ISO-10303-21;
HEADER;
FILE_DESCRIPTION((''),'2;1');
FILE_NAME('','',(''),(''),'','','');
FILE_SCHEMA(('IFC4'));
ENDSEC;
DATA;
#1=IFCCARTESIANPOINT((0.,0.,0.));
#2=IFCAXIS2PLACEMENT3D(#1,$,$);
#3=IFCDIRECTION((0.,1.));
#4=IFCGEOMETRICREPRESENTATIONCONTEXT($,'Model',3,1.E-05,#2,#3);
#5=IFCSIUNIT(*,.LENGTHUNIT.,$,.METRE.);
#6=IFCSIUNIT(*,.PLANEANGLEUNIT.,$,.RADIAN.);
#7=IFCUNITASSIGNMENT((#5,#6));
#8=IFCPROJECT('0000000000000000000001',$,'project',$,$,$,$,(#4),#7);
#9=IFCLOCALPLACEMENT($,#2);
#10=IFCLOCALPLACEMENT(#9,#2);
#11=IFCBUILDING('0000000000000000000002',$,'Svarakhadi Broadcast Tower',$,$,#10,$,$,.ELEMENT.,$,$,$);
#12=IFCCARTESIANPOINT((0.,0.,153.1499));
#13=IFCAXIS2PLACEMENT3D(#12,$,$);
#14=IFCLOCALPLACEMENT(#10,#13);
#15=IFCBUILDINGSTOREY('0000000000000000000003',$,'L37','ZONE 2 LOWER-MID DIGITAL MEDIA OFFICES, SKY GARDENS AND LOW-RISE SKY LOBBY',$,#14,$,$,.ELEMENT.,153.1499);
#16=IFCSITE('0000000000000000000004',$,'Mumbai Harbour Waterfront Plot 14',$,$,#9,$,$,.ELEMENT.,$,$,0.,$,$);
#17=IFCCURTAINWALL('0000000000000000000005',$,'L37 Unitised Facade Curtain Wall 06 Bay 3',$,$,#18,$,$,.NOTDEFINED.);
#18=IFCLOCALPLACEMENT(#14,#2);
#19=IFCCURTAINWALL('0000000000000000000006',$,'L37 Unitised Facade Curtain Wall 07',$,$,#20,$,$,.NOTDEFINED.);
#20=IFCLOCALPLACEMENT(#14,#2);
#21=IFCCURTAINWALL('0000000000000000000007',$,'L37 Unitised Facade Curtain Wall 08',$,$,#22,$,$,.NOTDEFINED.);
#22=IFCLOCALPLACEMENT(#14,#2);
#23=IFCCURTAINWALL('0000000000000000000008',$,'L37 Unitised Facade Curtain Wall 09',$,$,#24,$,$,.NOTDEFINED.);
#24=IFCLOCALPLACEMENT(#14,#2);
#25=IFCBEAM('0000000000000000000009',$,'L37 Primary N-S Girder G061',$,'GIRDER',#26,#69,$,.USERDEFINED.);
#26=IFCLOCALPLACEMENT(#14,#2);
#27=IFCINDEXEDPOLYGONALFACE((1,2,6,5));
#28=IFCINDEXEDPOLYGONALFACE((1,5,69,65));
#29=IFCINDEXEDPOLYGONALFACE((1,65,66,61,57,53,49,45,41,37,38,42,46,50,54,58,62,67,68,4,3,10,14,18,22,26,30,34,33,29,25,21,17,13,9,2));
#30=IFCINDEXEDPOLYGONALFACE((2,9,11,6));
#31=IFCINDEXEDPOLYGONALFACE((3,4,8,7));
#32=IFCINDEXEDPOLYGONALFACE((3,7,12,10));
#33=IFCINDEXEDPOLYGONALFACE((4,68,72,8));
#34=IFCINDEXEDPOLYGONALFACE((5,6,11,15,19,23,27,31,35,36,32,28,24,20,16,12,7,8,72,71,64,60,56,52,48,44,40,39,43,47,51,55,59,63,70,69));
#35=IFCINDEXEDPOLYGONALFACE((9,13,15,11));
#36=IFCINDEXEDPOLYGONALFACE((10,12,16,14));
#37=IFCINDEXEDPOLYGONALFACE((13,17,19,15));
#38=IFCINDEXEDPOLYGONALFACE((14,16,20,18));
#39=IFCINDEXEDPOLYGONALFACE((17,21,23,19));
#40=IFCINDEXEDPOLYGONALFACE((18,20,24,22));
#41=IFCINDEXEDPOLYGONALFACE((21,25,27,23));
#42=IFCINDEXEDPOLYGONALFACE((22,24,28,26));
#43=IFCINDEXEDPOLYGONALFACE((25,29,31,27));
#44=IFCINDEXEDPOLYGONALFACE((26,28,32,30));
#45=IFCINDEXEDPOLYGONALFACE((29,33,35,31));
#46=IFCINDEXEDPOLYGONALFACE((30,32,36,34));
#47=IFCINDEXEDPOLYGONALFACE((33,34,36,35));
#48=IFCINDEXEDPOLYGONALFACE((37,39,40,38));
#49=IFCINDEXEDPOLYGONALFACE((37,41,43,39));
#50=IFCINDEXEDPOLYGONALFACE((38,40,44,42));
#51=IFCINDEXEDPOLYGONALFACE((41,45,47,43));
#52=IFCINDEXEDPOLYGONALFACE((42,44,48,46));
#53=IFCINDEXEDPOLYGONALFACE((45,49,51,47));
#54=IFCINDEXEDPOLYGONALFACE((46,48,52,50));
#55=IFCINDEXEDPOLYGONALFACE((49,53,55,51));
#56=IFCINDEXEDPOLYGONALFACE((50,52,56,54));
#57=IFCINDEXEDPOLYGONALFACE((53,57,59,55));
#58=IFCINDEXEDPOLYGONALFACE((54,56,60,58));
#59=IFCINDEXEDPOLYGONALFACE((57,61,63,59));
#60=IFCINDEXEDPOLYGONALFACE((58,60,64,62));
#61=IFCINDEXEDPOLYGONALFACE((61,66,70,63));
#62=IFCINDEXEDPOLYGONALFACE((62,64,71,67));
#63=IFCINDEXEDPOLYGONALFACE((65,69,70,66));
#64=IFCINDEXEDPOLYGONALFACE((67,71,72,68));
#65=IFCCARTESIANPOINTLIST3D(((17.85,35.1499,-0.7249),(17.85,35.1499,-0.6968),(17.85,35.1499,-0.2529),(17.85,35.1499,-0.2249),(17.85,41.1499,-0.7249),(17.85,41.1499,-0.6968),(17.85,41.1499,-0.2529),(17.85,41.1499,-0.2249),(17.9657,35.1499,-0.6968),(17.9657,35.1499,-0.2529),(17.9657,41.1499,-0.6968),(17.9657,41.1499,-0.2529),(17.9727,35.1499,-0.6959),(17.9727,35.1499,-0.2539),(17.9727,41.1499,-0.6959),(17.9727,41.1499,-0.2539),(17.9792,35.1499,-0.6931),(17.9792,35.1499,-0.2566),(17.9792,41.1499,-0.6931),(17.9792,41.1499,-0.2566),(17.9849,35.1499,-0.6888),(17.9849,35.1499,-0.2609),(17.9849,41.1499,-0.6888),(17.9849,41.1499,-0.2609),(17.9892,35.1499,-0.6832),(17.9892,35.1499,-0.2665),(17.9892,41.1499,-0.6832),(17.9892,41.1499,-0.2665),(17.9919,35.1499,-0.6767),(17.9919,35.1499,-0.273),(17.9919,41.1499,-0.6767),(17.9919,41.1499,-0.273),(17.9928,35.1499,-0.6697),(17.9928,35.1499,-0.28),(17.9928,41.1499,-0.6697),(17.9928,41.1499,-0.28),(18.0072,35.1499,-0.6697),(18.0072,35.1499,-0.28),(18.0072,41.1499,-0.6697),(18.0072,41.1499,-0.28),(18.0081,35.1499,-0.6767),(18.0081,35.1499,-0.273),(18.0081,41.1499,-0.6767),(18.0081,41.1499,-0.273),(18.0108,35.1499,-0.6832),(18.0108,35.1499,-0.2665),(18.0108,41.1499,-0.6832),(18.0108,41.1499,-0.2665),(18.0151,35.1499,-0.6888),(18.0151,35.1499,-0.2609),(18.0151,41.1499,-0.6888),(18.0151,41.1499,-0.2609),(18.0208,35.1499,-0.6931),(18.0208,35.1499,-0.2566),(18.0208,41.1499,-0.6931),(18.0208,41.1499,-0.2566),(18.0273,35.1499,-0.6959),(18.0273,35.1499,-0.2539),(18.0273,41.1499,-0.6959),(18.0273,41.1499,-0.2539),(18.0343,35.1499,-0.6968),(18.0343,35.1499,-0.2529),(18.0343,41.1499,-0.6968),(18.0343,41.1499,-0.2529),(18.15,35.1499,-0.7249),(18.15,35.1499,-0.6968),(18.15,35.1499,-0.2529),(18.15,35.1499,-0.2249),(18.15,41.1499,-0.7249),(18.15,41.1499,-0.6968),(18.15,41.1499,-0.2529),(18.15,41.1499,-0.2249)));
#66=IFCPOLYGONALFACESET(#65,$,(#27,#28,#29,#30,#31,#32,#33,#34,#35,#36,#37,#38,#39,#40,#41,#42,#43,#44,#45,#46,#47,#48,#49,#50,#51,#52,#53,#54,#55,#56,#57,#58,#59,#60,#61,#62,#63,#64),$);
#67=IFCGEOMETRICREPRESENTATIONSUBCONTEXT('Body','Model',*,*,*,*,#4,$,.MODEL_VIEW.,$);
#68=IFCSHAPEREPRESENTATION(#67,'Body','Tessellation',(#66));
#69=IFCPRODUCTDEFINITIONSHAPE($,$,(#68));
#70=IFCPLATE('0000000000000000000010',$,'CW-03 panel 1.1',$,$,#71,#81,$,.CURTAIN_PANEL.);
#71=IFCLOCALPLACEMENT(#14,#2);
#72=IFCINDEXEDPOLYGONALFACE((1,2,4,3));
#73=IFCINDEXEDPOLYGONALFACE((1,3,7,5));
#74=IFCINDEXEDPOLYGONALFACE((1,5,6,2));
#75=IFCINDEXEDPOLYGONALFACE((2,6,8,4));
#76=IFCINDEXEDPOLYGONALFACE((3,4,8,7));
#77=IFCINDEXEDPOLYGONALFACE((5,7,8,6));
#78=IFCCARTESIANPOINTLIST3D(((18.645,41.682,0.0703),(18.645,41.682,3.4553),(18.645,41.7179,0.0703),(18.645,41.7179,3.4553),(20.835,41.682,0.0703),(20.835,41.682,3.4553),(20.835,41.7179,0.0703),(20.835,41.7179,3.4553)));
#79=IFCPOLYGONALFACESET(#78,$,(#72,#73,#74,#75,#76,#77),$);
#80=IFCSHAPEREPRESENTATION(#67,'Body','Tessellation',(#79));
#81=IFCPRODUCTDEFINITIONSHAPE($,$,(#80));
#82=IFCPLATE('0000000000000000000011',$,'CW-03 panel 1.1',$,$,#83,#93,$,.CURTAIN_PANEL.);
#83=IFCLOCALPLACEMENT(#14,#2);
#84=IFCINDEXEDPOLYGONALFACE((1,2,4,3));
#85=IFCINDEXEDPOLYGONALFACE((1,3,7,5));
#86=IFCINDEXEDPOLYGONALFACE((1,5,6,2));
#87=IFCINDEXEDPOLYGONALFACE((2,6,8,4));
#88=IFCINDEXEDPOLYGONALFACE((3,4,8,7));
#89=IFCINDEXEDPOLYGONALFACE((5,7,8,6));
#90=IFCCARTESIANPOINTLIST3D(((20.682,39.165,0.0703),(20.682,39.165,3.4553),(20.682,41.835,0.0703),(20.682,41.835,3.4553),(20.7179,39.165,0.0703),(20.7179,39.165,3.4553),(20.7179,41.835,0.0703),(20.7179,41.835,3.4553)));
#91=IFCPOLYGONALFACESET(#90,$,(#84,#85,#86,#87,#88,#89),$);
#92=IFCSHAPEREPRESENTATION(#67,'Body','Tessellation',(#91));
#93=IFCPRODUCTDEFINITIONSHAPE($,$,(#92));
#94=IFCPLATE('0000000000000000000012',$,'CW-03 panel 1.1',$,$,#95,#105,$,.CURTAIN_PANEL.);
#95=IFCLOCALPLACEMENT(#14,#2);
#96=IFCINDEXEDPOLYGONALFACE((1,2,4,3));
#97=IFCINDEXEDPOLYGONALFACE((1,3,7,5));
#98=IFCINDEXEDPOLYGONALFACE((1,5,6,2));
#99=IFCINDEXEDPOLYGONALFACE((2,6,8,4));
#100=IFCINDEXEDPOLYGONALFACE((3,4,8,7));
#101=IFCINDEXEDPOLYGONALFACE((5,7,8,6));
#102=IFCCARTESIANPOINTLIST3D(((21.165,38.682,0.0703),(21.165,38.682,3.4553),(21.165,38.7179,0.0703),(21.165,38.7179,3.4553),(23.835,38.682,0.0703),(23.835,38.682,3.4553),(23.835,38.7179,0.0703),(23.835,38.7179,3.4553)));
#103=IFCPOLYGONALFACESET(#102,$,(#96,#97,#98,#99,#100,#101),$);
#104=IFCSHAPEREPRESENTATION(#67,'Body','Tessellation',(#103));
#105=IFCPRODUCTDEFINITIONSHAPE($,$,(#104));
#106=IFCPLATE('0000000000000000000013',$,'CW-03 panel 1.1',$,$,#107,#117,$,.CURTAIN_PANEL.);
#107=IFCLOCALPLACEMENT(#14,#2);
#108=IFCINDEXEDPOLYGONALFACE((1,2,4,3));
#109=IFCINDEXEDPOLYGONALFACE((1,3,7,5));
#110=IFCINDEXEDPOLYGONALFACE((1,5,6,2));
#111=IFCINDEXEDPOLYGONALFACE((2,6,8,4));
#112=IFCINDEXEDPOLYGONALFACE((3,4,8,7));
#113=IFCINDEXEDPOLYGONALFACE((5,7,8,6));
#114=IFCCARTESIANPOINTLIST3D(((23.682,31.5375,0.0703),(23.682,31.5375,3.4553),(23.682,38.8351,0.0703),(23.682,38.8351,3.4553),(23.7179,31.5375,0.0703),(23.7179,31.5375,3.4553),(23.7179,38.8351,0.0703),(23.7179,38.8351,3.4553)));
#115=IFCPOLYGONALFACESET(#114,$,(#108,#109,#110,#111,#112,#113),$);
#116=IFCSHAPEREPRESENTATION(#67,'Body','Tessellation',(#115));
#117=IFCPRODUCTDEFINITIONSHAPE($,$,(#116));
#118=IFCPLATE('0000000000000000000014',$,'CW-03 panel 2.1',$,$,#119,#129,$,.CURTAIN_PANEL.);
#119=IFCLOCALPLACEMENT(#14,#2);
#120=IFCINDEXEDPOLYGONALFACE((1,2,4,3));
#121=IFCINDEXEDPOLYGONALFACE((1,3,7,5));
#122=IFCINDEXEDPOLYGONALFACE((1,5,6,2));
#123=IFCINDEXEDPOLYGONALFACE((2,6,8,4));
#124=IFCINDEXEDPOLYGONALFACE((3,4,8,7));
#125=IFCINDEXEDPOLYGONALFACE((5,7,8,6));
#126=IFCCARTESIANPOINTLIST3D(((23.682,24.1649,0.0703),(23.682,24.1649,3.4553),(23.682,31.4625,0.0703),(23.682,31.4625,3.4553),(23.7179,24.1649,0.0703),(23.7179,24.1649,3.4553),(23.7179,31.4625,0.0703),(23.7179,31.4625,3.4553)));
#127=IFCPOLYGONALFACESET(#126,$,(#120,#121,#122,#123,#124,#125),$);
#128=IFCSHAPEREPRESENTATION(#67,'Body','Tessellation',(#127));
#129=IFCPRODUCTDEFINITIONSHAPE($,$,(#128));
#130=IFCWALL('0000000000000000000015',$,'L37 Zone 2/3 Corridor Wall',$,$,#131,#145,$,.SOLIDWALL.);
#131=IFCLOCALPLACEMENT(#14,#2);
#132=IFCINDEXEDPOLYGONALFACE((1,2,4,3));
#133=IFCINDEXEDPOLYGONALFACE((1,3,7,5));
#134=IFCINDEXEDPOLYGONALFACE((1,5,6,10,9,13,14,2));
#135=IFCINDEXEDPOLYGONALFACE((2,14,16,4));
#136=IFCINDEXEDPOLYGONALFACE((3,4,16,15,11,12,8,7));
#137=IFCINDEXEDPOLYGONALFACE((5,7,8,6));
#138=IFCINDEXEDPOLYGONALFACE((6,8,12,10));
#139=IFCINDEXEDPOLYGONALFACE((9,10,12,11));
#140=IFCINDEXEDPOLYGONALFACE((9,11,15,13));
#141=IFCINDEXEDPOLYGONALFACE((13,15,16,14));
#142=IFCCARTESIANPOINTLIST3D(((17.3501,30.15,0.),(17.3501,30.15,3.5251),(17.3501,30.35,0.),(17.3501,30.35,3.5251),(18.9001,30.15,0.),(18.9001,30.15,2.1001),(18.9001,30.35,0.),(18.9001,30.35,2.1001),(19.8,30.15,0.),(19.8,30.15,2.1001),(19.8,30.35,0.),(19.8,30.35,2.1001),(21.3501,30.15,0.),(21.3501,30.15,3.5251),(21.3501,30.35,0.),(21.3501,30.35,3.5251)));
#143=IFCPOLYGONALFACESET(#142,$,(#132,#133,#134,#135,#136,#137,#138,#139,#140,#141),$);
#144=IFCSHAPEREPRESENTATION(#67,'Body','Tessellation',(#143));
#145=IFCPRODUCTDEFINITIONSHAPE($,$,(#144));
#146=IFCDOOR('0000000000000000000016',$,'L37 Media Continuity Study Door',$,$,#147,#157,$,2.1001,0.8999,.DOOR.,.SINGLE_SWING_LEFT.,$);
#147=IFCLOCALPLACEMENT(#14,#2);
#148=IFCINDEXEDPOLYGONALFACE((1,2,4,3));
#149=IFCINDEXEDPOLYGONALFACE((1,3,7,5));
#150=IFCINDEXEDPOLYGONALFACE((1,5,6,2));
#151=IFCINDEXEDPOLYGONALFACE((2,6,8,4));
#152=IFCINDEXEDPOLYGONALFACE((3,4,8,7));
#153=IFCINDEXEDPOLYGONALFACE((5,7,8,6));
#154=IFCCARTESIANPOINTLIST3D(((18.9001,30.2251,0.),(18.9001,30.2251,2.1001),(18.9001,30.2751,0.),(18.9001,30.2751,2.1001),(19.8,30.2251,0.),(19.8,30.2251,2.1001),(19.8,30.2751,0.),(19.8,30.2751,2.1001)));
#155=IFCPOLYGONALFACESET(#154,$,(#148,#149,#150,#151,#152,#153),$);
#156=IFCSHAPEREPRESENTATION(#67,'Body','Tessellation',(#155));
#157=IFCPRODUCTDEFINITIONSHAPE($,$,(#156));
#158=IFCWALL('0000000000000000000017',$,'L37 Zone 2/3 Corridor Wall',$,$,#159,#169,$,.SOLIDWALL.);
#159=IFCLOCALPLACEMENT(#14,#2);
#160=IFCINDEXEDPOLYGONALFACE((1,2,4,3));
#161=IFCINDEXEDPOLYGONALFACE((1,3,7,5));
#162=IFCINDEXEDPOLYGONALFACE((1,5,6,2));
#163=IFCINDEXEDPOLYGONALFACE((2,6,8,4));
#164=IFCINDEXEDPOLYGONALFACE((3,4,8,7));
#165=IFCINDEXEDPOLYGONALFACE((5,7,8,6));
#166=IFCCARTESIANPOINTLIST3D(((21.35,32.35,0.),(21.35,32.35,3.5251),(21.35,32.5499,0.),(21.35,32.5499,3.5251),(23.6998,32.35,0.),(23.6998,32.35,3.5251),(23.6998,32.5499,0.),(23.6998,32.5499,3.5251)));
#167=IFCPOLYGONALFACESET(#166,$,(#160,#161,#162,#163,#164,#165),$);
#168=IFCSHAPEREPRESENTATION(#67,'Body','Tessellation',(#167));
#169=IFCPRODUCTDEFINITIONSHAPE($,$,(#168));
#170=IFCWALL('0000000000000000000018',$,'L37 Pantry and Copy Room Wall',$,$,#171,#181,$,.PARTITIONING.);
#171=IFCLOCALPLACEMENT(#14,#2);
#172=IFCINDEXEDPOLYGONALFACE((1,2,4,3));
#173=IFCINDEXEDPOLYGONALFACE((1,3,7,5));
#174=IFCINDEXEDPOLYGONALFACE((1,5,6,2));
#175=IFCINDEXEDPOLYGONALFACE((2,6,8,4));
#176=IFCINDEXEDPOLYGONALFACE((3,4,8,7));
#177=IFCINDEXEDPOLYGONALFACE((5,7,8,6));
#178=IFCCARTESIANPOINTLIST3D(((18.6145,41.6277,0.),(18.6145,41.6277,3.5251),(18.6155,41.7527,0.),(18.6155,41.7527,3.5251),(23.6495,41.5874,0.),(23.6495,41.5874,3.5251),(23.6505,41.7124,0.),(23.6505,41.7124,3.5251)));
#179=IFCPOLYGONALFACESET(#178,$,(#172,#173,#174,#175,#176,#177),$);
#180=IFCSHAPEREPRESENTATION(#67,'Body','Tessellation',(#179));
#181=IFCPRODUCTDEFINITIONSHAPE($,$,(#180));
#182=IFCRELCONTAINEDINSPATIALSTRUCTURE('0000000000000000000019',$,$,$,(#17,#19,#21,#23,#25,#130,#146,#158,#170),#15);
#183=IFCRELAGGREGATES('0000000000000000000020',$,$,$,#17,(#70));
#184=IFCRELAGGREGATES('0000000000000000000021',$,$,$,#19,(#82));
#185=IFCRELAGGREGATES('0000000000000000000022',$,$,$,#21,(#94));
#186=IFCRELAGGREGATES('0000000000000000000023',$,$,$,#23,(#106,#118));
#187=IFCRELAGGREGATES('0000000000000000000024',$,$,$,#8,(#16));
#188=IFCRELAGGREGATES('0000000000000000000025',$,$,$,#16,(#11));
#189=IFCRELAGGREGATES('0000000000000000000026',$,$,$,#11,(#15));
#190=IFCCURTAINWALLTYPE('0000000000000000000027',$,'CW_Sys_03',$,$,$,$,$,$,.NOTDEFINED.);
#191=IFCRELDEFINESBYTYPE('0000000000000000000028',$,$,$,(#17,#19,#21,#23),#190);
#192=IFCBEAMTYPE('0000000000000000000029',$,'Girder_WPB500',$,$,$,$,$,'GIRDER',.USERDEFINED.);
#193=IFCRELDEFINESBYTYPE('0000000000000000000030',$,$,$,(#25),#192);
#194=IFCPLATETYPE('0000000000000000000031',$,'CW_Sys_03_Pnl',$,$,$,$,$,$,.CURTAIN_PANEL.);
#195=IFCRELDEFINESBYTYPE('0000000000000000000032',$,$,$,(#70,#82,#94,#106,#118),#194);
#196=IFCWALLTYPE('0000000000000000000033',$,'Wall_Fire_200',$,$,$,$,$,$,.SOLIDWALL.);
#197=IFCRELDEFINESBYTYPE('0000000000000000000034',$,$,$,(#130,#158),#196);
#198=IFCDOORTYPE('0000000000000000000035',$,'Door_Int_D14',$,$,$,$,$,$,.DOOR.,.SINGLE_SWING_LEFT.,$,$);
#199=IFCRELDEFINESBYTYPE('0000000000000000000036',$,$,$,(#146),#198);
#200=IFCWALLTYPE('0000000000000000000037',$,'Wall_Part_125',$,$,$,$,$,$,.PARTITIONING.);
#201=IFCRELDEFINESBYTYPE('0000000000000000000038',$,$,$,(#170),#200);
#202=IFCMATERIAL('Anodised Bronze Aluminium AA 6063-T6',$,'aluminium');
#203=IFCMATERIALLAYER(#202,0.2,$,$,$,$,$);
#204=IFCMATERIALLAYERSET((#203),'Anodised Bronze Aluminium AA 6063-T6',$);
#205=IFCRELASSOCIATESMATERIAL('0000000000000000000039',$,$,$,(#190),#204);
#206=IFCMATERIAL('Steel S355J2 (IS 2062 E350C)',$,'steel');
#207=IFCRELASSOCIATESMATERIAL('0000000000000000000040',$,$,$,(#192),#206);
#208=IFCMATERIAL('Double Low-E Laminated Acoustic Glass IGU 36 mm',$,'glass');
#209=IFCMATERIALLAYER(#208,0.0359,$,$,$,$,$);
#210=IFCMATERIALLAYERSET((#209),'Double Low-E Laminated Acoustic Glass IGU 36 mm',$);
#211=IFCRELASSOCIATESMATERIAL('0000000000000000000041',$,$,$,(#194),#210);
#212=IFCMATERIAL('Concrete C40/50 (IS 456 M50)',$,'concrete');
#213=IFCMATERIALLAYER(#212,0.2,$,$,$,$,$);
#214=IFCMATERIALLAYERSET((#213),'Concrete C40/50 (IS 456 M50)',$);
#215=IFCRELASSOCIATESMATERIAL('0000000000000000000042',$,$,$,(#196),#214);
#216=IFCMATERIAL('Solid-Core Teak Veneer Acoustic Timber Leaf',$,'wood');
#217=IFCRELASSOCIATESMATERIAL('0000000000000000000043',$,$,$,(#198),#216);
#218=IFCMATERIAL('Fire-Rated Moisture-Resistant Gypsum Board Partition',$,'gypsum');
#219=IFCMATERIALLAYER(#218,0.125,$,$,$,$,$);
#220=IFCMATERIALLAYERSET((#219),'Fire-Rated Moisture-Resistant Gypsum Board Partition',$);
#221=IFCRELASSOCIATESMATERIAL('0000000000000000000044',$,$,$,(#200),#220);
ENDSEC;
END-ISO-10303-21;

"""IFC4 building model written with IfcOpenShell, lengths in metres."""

from ifc_helpers import new_model, si_unit, direction, frame, frame_2d, origin, origin_2d, place, context, subcontext, project, spatial, rectangle, i_section, extrude, material, layer, layer_set, material_profile, profile_set, type_object, element, fill, aggregate, save


model = new_model("IFC4")

# Units and contexts
model_context = context("Model", 3, precision=1e-05, world=origin(), true_north=direction((0.0, 1.0)))
body_context = subcontext(model_context, "Body", "Model", "MODEL_VIEW")
ifc_project = project(units=[si_unit("LENGTHUNIT", "METRE"), si_unit("PLANEANGLEUNIT", "RADIAN")], contexts=[model_context])

# Site, building, storey
site_placement = place(None, origin())
site = spatial("IfcSite", under=ifc_project, at=site_placement, Name="Mumbai Harbour Waterfront Plot 14", CompositionType="ELEMENT", RefElevation=0.0)
building_placement = place(site_placement, origin())
building = spatial("IfcBuilding", under=site, at=building_placement, Name="Svarakhadi Broadcast Tower", CompositionType="ELEMENT")
storey_placement = place(building_placement, frame((0.0, 0.0, 153.1499)))
storey = spatial("IfcBuildingStorey", under=building, at=storey_placement, Name="L37", Description="ZONE 2 LOWER-MID DIGITAL MEDIA OFFICES, SKY GARDENS AND LOW-RISE SKY LOBBY", CompositionType="ELEMENT", Elevation=153.1499)

# Curtain walls
ifc_material_1 = material(Name="Anodised Bronze Aluminium AA 6063-T6", Category="aluminium")
ifc_layer_1 = layer(ifc_material_1, 0.2)
ifc_layer_set_1 = layer_set([ifc_layer_1], Name="Anodised Bronze Aluminium AA 6063-T6")
curtain_wall_type = type_object("IfcCurtainWallType", Name="CW_Sys_03", PredefinedType="NOTDEFINED", material=ifc_layer_set_1)
curtain_wall_1_placement = place(storey_placement, origin())
curtain_wall_1 = element("IfcCurtainWall", 1, at=curtain_wall_1_placement, inside=storey, type_object=curtain_wall_type, Name="L37 Unitised Facade Curtain Wall 06 Bay 3", PredefinedType="NOTDEFINED")
curtain_wall_2_placement = place(storey_placement, origin())
curtain_wall_2 = element("IfcCurtainWall", 2, at=curtain_wall_2_placement, inside=storey, type_object=curtain_wall_type, Name="L37 Unitised Facade Curtain Wall 07", PredefinedType="NOTDEFINED")
curtain_wall_3_placement = place(storey_placement, origin())
curtain_wall_3 = element("IfcCurtainWall", 3, at=curtain_wall_3_placement, inside=storey, type_object=curtain_wall_type, Name="L37 Unitised Facade Curtain Wall 08", PredefinedType="NOTDEFINED")
curtain_wall_4_placement = place(storey_placement, origin())
curtain_wall_4 = element("IfcCurtainWall", 4, at=curtain_wall_4_placement, inside=storey, type_object=curtain_wall_type, Name="L37 Unitised Facade Curtain Wall 09", PredefinedType="NOTDEFINED")

# Beam
ifc_material_2 = material(Name="Steel S355J2 (IS 2062 E350C)", Category="steel")
ifc_material_profile_1 = material_profile(ifc_material_2, i_section(OverallWidth=0.3, OverallDepth=0.5, WebThickness=0.0144, FlangeThickness=0.0281, FilletRadius=0.0271, at=origin_2d()), Name="WPB 500x300x187")
ifc_profile_set_1 = profile_set([ifc_material_profile_1], Name="Steel S355J2 (IS 2062 E350C)")
beam_type = type_object("IfcBeamType", Name="Girder_WPB500", ElementType="GIRDER", PredefinedType="USERDEFINED", material=ifc_profile_set_1)
for number, where, z_axis, x_axis, name in (
    (5, (18.0, 35.1499, -0.4749), (0.0, 1.0, 0.0), (-1.0, 0.0, 0.0), "L37 Primary N-S Girder G061"),
):
    element("IfcBeam", number, at=place(storey_placement, frame(where, z_axis=z_axis, x_axis=x_axis)), inside=storey, type_object=beam_type, Name=name, ObjectType="GIRDER", PredefinedType="USERDEFINED", context=body_context, shape_type="SweptSolid", body=[
        extrude(i_section(OverallWidth=0.3, OverallDepth=0.5, WebThickness=0.0144, FlangeThickness=0.0281, FilletRadius=0.0271, at=origin_2d()), origin(), (0.0, 0.0, 1.0), 6.0),
    ])

# Plates
ifc_material_3 = material(Name="Double Low-E Laminated Acoustic Glass IGU 36 mm", Category="glass")
ifc_layer_2 = layer(ifc_material_3, 0.0359)
ifc_layer_set_2 = layer_set([ifc_layer_2], Name="Double Low-E Laminated Acoustic Glass IGU 36 mm")
plate_type = type_object("IfcPlateType", Name="CW_Sys_03_Pnl", PredefinedType="CURTAIN_PANEL", material=ifc_layer_set_2)
plate_1_placement = place(storey_placement, frame((19.74, 41.7, 0.0703), z_axis=(0.0, 0.0, 1.0), x_axis=(1.0, 0.0, 0.0)))
plate_1 = element("IfcPlate", 6, at=plate_1_placement, type_object=plate_type, Name="CW-03 panel 1.1", PredefinedType="CURTAIN_PANEL", context=body_context, shape_type="SweptSolid", body=[
    extrude(rectangle(XDim=2.1899, YDim=0.0359, at=origin_2d()), origin(), (0.0, 0.0, 1.0), 3.385),
])
aggregate(curtain_wall_1, [plate_1])
plate_2_placement = place(storey_placement, frame((20.7, 40.5, 0.0703), z_axis=(0.0, 0.0, 1.0), x_axis=(0.0, -1.0, 0.0)))
plate_2 = element("IfcPlate", 7, at=plate_2_placement, type_object=plate_type, Name="CW-03 panel 1.1", PredefinedType="CURTAIN_PANEL", context=body_context, shape_type="SweptSolid", body=[
    extrude(rectangle(XDim=2.6699, YDim=0.0359, at=origin_2d()), origin(), (0.0, 0.0, 1.0), 3.385),
])
aggregate(curtain_wall_2, [plate_2])
plate_3_placement = place(storey_placement, frame((22.5, 38.7, 0.0703), z_axis=(0.0, 0.0, 1.0), x_axis=(1.0, 0.0, 0.0)))
plate_3 = element("IfcPlate", 8, at=plate_3_placement, type_object=plate_type, Name="CW-03 panel 1.1", PredefinedType="CURTAIN_PANEL", context=body_context, shape_type="SweptSolid", body=[
    extrude(rectangle(XDim=2.6699, YDim=0.0359, at=origin_2d()), origin(), (0.0, 0.0, 1.0), 3.385),
])
aggregate(curtain_wall_3, [plate_3])
plate_4_placement = place(storey_placement, frame((23.7, 35.1863, 0.0703), z_axis=(0.0, 0.0, 1.0), x_axis=(0.0, -1.0, 0.0)))
plate_4 = element("IfcPlate", 9, at=plate_4_placement, type_object=plate_type, Name="CW-03 panel 1.1", PredefinedType="CURTAIN_PANEL", context=body_context, shape_type="SweptSolid", body=[
    extrude(rectangle(XDim=7.2976, YDim=0.0359, at=origin_2d()), origin(), (0.0, 0.0, 1.0), 3.385),
])
plate_5_placement = place(storey_placement, frame((23.7, 27.8137, 0.0703), z_axis=(0.0, 0.0, 1.0), x_axis=(0.0, -1.0, 0.0)))
plate_5 = element("IfcPlate", 10, at=plate_5_placement, type_object=plate_type, Name="CW-03 panel 2.1", PredefinedType="CURTAIN_PANEL", context=body_context, shape_type="SweptSolid", body=[
    extrude(rectangle(XDim=7.2976, YDim=0.0359, at=origin_2d()), origin(), (0.0, 0.0, 1.0), 3.385),
])
aggregate(curtain_wall_4, [plate_4, plate_5])

# Wall, opening, door
ifc_material_4 = material(Name="Concrete C40/50 (IS 456 M50)", Category="concrete")
ifc_layer_3 = layer(ifc_material_4, 0.2)
ifc_layer_set_3 = layer_set([ifc_layer_3], Name="Concrete C40/50 (IS 456 M50)")
wall_type_1 = type_object("IfcWallType", Name="Wall_Fire_200", PredefinedType="SOLIDWALL", material=ifc_layer_set_3)
wall_1_placement = place(storey_placement, frame((21.3501, 30.25, 0.0), z_axis=(0.0, 0.0, 1.0), x_axis=(-1.0, 0.0, 0.0)))
wall_1 = element("IfcWall", 11, at=wall_1_placement, inside=storey, type_object=wall_type_1, Name="L37 Zone 2/3 Corridor Wall", PredefinedType="SOLIDWALL", context=body_context, shape_type="SweptSolid", body=[
    extrude(rectangle(XDim=4.0, YDim=0.2, at=frame_2d((2.0, 0.0))), origin(), (0.0, 0.0, 1.0), 3.5251),
])
opening_placement = place(wall_1_placement, frame((1.55, 0.0, 0.0)))
opening = element("IfcOpeningElement", 12, at=opening_placement, cuts=wall_1, PredefinedType="OPENING", context=body_context, shape_type="SweptSolid", body=[
    extrude(rectangle(XDim=0.8999, YDim=2.1001, at=frame_2d((0.45, 1.05))), frame((0.0, 0.1099, 0.0), z_axis=(0.0, -1.0, 0.0), x_axis=(1.0, 0.0, 0.0)), (0.0, 0.0, 1.0), 0.22),
])
ifc_material_5 = material(Name="Solid-Core Teak Veneer Acoustic Timber Leaf", Category="wood")
door_type = type_object("IfcDoorType", Name="Door_Int_D14", OperationType="SINGLE_SWING_LEFT", PredefinedType="DOOR", material=ifc_material_5)
door_placement = place(opening_placement, origin())
door = element("IfcDoor", 13, at=door_placement, inside=storey, type_object=door_type, Name="L37 Media Continuity Study Door", OperationType="SINGLE_SWING_LEFT", OverallHeight=2.1001, OverallWidth=0.8999, PredefinedType="DOOR", context=body_context, shape_type="SweptSolid", body=[
    extrude(rectangle(XDim=0.8999, YDim=2.1001, at=frame_2d((0.45, 1.05))), frame((0.0, 0.0249, 0.0), z_axis=(0.0, -1.0, 0.0), x_axis=(1.0, 0.0, 0.0)), (0.0, 0.0, 1.0), 0.05),
])
fill(opening, door)

# Walls
wall_2_placement = place(storey_placement, frame((21.3501, 32.45, 0.0), z_axis=(0.0, 0.0, 1.0), x_axis=(1.0, 0.0, 0.0)))
element("IfcWall", 14, at=wall_2_placement, inside=storey, type_object=wall_type_1, Name="L37 Zone 2/3 Corridor Wall", PredefinedType="SOLIDWALL", context=body_context, shape_type="SweptSolid", body=[
    extrude(rectangle(XDim=2.3499, YDim=0.2, at=frame_2d((1.1748, 0.0))), origin(), (0.0, 0.0, 1.0), 3.5251),
])
ifc_material_6 = material(Name="Fire-Rated Moisture-Resistant Gypsum Board Partition", Category="gypsum")
ifc_layer_4 = layer(ifc_material_6, 0.125)
ifc_layer_set_4 = layer_set([ifc_layer_4], Name="Fire-Rated Moisture-Resistant Gypsum Board Partition")
wall_type_2 = type_object("IfcWallType", Name="Wall_Part_125", PredefinedType="PARTITIONING", material=ifc_layer_set_4)
wall_3_placement = place(storey_placement, frame((18.615, 41.6902, 0.0), z_axis=(0.0, 0.0, 1.0), x_axis=(0.999968, -0.008001, 0.0)))
element("IfcWall", 15, at=wall_3_placement, inside=storey, type_object=wall_type_2, Name="L37 Pantry and Copy Room Wall", PredefinedType="PARTITIONING", context=body_context, shape_type="SweptSolid", body=[
    extrude(rectangle(XDim=5.0352, YDim=0.125, at=frame_2d((2.5176, 0.0))), origin(), (0.0, 0.0, 1.0), 3.5251),
])

save(model, "model.ifc")
